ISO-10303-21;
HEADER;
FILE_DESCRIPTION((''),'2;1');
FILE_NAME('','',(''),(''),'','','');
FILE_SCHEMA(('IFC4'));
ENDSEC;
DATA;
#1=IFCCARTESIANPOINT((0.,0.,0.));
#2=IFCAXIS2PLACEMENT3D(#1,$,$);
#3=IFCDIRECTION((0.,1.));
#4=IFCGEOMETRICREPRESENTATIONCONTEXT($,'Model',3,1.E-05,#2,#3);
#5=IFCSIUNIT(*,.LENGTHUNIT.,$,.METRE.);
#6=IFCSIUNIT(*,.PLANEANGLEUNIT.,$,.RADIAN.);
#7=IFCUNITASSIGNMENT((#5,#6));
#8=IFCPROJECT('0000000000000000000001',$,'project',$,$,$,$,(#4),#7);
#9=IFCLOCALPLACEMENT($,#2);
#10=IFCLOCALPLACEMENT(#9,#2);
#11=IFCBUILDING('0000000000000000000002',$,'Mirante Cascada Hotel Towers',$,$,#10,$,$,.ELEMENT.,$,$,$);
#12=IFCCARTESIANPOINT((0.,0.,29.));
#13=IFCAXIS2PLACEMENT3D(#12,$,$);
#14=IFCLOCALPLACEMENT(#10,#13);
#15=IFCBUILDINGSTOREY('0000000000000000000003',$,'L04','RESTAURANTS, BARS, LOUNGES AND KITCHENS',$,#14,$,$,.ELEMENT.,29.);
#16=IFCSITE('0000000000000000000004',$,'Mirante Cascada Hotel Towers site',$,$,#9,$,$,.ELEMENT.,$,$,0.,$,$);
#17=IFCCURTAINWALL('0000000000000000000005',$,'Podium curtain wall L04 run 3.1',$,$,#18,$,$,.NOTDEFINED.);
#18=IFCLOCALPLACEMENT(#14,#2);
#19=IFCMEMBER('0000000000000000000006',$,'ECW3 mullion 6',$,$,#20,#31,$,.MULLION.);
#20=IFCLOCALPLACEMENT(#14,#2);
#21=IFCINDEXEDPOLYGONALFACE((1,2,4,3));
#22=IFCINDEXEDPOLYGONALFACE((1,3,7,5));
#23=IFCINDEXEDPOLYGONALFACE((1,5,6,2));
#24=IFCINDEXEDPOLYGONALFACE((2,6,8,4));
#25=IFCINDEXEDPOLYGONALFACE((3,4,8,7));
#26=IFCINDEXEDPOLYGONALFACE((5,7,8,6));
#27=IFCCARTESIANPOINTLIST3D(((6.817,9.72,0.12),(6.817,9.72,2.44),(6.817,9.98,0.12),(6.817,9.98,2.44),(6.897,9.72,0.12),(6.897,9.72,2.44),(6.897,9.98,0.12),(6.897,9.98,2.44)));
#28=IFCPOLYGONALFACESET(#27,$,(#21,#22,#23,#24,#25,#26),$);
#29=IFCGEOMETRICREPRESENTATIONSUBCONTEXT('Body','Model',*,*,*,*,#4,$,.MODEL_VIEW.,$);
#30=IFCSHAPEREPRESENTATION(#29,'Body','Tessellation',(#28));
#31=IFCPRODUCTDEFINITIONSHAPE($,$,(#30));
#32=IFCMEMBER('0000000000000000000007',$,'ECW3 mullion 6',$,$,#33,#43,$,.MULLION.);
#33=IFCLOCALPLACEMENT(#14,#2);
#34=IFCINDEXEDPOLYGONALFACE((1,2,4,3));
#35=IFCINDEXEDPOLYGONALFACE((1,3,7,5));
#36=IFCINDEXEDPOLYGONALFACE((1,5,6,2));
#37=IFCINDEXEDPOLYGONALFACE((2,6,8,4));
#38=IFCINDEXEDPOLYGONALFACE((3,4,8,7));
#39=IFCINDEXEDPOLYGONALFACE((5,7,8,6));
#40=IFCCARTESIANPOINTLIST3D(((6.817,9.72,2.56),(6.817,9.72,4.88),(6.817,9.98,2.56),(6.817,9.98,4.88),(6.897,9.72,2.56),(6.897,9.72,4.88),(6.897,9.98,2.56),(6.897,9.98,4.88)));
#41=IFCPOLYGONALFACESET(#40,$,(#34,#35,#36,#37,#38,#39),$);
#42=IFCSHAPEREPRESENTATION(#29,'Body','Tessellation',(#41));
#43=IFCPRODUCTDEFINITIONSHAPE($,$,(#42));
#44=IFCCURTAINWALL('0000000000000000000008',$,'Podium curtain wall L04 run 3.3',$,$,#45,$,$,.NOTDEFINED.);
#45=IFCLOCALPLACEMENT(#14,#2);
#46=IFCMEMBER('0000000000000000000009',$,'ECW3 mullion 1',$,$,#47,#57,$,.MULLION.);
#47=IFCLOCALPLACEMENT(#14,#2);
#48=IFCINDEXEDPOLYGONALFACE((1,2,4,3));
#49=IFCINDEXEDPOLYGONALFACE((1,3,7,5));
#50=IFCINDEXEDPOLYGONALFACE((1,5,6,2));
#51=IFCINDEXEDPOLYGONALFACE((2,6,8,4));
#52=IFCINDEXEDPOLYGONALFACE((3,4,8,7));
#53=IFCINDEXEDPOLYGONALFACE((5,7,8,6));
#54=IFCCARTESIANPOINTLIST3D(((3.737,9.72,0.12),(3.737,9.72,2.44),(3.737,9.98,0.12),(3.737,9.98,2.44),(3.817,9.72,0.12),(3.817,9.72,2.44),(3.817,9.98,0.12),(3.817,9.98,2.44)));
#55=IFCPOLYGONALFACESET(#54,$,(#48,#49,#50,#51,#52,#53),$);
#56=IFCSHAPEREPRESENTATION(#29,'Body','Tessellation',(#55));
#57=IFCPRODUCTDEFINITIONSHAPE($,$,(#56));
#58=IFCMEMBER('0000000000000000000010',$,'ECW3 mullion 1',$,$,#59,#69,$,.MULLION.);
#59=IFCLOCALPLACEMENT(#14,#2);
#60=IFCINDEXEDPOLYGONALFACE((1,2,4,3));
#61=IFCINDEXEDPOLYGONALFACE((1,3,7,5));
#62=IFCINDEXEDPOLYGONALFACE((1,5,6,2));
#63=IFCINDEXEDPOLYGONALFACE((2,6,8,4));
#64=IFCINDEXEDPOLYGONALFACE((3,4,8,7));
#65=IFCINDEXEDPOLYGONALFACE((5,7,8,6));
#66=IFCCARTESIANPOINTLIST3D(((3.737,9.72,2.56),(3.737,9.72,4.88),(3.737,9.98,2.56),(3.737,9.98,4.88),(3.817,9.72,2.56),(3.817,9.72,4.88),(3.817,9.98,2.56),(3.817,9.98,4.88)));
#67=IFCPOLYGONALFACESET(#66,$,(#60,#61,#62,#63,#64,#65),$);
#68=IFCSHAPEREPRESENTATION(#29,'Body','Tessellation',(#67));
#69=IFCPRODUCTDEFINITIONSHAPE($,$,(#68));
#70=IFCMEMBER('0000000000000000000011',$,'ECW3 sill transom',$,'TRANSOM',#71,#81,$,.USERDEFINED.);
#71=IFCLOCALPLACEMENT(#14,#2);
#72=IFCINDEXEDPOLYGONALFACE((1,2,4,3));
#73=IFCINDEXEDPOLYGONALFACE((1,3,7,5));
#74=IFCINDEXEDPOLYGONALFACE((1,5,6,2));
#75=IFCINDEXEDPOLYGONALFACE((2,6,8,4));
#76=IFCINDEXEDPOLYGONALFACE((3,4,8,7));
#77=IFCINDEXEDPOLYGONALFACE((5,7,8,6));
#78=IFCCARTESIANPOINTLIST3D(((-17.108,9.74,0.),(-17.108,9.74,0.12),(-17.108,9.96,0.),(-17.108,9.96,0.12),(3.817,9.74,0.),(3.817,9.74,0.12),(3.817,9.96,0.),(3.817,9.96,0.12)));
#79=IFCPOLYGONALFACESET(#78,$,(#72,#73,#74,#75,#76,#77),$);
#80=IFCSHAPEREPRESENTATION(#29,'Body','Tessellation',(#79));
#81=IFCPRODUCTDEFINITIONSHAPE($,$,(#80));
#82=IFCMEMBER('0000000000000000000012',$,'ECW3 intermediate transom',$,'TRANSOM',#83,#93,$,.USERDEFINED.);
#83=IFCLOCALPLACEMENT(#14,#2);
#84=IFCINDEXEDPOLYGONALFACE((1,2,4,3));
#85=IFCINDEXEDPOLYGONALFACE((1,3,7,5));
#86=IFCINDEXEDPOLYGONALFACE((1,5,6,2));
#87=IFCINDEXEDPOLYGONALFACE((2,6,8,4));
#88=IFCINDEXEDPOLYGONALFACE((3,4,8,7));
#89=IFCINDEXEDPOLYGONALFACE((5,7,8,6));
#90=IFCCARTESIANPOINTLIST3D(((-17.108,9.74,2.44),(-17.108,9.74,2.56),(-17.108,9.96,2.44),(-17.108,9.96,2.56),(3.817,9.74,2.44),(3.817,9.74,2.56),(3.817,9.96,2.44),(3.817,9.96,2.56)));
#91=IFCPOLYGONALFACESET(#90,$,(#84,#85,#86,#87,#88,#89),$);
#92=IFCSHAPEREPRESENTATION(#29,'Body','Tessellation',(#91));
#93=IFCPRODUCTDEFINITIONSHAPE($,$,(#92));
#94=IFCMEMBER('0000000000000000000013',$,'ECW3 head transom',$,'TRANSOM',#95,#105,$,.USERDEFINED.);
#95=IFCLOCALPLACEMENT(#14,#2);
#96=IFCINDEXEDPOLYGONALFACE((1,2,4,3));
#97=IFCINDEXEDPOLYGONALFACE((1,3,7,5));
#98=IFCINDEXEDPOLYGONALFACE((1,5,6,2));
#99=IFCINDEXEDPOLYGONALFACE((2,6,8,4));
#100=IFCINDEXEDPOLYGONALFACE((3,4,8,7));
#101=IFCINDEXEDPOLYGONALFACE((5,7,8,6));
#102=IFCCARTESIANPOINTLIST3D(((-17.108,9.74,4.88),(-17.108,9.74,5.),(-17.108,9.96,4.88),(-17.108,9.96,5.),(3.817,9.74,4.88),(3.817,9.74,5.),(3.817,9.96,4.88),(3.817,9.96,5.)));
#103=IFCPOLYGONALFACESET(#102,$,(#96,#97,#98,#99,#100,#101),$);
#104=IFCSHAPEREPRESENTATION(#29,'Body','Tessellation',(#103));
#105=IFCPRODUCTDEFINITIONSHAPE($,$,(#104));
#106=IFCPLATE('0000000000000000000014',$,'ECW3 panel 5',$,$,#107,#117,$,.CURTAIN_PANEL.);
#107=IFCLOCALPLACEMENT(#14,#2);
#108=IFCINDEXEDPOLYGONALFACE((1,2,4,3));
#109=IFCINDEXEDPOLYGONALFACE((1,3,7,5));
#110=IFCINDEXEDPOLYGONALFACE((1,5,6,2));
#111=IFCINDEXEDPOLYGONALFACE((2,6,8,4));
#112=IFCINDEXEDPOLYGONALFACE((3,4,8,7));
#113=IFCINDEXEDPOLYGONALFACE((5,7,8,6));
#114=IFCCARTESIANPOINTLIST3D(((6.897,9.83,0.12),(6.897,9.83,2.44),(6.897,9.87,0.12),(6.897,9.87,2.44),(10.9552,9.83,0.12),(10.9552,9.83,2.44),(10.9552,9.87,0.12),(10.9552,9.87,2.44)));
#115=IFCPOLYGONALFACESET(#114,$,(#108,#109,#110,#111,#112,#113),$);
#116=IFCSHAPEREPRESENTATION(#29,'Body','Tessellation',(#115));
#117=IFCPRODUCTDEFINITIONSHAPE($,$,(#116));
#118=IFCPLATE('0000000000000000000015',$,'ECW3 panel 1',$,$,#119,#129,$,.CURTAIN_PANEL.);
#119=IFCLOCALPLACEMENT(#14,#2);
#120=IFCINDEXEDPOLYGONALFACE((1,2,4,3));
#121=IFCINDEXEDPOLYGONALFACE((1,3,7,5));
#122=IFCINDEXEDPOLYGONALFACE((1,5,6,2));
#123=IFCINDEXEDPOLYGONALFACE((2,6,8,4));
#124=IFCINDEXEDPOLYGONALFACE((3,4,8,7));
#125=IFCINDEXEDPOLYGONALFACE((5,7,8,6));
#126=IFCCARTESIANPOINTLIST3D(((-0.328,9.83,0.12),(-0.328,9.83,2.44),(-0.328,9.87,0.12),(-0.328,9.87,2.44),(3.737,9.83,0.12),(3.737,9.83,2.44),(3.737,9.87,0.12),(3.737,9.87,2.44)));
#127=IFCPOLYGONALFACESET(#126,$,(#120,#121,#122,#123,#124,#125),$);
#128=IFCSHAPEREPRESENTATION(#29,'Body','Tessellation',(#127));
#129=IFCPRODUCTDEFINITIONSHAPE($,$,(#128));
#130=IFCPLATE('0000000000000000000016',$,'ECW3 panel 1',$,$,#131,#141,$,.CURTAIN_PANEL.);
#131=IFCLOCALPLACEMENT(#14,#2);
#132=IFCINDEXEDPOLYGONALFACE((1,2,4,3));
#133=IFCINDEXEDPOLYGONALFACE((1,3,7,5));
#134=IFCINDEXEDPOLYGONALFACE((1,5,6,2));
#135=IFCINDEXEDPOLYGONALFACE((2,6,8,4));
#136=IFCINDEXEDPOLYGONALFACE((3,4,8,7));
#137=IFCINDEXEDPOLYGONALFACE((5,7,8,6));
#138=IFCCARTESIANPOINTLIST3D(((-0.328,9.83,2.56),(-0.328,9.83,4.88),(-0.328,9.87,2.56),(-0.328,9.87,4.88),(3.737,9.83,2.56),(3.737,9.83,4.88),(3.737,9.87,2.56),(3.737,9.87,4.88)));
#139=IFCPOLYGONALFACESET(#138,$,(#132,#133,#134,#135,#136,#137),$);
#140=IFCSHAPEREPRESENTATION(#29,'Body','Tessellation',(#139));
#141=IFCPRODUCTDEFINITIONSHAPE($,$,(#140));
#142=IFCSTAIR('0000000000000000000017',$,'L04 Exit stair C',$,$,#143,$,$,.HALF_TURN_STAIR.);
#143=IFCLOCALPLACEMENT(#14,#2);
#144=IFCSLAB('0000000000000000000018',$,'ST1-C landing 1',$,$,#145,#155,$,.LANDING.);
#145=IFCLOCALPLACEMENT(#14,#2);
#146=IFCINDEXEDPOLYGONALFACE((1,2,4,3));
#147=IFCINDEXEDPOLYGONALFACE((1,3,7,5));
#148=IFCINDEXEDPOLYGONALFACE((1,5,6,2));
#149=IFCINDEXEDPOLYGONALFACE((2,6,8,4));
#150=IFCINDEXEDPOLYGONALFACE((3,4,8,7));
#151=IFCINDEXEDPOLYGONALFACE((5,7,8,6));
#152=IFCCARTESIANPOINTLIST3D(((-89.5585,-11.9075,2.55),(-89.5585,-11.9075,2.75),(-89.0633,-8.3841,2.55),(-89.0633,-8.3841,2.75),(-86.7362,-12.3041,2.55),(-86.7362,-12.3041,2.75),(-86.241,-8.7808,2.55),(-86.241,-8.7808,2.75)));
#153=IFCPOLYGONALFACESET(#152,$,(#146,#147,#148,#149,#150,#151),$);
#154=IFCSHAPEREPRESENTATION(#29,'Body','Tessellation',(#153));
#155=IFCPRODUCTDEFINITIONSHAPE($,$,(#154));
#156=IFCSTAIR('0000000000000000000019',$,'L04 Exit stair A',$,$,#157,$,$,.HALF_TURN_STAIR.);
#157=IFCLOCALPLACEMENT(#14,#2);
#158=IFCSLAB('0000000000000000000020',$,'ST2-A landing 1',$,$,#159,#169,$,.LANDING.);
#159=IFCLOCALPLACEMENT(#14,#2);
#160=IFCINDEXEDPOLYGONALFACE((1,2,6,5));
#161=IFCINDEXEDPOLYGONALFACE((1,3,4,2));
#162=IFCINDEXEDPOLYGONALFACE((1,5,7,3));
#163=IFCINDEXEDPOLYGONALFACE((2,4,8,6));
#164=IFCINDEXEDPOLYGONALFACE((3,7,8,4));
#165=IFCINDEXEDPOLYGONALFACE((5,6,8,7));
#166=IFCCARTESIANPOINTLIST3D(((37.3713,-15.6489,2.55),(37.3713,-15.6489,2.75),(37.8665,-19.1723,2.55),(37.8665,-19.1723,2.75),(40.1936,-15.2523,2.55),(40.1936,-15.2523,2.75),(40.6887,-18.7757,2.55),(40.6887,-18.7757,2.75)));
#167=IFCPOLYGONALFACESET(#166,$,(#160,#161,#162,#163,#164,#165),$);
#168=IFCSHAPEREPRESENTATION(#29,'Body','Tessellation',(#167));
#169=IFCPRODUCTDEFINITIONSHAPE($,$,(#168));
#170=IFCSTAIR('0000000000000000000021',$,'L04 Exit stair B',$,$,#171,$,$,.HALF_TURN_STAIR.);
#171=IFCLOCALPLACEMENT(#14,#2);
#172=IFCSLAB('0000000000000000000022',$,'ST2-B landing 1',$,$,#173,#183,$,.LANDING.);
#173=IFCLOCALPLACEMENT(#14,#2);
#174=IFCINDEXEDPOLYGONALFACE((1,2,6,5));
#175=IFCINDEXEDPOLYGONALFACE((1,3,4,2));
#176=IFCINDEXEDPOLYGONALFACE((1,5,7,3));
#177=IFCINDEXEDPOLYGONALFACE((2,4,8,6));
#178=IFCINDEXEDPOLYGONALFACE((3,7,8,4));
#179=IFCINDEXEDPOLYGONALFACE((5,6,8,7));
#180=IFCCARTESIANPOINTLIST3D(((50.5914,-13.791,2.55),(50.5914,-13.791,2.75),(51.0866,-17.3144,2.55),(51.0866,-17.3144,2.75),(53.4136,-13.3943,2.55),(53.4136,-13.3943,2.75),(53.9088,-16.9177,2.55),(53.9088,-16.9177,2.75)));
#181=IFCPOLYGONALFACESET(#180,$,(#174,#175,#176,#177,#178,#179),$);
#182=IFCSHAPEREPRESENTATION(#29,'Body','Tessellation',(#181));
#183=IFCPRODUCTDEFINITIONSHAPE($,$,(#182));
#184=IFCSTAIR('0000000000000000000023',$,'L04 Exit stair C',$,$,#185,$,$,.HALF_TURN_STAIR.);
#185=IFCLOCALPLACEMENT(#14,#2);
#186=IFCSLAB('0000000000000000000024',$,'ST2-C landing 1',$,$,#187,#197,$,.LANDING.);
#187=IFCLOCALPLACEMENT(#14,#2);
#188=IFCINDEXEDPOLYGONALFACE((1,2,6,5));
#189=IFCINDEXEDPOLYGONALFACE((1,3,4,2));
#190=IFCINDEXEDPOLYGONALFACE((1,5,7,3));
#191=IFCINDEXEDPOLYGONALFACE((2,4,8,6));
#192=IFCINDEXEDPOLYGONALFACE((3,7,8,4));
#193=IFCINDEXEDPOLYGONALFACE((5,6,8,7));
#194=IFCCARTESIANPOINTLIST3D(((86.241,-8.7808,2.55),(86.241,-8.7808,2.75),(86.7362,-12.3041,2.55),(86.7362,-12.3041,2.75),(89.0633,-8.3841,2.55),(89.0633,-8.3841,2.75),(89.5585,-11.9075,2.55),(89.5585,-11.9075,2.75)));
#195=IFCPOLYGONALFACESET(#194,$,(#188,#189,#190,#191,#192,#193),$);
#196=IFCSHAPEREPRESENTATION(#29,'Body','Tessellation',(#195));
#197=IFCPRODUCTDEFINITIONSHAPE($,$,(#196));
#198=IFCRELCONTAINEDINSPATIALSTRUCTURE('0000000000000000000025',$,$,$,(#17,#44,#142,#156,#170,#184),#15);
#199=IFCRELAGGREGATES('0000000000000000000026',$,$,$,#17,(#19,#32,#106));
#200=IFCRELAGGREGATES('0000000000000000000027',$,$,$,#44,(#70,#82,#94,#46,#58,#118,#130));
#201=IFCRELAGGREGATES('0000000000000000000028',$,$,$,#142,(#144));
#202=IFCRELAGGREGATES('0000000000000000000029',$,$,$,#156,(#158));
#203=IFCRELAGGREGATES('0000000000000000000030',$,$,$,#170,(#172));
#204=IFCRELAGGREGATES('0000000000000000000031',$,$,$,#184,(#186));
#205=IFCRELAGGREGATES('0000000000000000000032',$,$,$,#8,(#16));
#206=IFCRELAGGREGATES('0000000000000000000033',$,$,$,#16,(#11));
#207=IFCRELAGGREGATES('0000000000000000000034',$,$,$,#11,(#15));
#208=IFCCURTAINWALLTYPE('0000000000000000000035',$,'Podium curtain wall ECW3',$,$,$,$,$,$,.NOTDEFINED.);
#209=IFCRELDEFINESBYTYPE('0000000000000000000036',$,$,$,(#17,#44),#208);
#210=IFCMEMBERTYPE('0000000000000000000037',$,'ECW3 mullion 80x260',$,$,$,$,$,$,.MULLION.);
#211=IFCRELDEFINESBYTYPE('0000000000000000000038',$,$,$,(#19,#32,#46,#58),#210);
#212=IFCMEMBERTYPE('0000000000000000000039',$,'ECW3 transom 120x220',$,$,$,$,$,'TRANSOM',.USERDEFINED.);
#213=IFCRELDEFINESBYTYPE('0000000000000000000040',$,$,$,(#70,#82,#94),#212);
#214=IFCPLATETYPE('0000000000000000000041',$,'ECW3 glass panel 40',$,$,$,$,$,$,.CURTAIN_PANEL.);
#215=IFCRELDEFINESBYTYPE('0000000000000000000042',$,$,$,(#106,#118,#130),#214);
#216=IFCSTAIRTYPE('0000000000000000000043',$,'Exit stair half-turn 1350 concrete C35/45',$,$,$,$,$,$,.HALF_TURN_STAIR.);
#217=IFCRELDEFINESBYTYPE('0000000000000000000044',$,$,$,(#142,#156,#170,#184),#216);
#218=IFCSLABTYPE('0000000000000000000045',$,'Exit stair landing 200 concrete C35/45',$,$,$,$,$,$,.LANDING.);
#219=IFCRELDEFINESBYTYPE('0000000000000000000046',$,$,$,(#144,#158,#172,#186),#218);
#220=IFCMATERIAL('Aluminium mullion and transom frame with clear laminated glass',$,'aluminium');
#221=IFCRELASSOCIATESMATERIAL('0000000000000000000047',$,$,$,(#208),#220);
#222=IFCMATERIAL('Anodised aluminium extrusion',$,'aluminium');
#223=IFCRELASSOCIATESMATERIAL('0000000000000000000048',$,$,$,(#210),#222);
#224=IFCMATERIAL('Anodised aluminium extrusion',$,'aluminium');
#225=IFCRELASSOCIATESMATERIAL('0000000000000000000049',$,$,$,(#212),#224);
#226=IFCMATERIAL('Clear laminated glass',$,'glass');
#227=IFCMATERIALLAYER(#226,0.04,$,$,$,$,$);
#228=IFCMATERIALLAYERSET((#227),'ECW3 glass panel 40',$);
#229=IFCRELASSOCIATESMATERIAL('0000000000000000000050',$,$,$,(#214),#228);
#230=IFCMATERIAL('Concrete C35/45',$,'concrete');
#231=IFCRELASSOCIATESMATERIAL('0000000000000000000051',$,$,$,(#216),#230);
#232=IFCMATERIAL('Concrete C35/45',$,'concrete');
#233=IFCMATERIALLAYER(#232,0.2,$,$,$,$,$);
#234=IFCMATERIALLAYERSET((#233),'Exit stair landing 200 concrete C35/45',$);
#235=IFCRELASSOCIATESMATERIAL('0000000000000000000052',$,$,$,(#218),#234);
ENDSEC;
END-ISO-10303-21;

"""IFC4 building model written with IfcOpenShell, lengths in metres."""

from ifc_helpers import new_model, si_unit, direction, frame, origin, origin_2d, place, context, subcontext, project, spatial, polyline, rectangle, outline, extrude, material, layer, layer_set, material_profile, profile_set, type_object, element, aggregate, save


model = new_model("IFC4")

# Units and contexts
model_context = context("Model", 3, precision=1e-05, world=origin(), true_north=direction((0.0, 1.0)))
body_context = subcontext(model_context, "Body", "Model", "MODEL_VIEW")
ifc_project = project(units=[si_unit("LENGTHUNIT", "METRE"), si_unit("PLANEANGLEUNIT", "RADIAN")], contexts=[model_context])

# Site, building, storey
site_placement = place(None, origin())
site = spatial("IfcSite", under=ifc_project, at=site_placement, Name="Mirante Cascada Hotel Towers site", CompositionType="ELEMENT", RefElevation=0.0)
building_placement = place(site_placement, origin())
building = spatial("IfcBuilding", under=site, at=building_placement, Name="Mirante Cascada Hotel Towers", CompositionType="ELEMENT")
storey_placement = place(building_placement, frame((0.0, 0.0, 29.0)))
storey = spatial("IfcBuildingStorey", under=building, at=storey_placement, Name="L04", Description="RESTAURANTS, BARS, LOUNGES AND KITCHENS", CompositionType="ELEMENT", Elevation=29.0)

# Curtain walls, members
ifc_material_1 = material(Name="Aluminium mullion and transom frame with clear laminated glass", Category="aluminium")
curtain_wall_type = type_object("IfcCurtainWallType", Name="Podium curtain wall ECW3", PredefinedType="NOTDEFINED", material=ifc_material_1)
curtain_wall_1_placement = place(storey_placement, origin())
curtain_wall_1 = element("IfcCurtainWall", 1, at=curtain_wall_1_placement, inside=storey, type_object=curtain_wall_type, Name="Podium curtain wall L04 run 3.1", PredefinedType="NOTDEFINED")
ifc_material_2 = material(Name="Anodised aluminium extrusion", Category="aluminium")
ifc_material_profile_1 = material_profile(ifc_material_2, rectangle(XDim=0.26, YDim=0.08, at=origin_2d()), Name="ECW3 MULLION 80x260")
ifc_profile_set_1 = profile_set([ifc_material_profile_1], Name="Anodised aluminium extrusion")
member_type_1 = type_object("IfcMemberType", Name="ECW3 mullion 80x260", PredefinedType="MULLION", material=ifc_profile_set_1)
member_1_placement = place(storey_placement, frame((6.857, 9.85, 0.12), z_axis=(0.0, 0.0, 1.0), x_axis=(0.0, -1.0, 0.0)))
member_1 = element("IfcMember", 2, at=member_1_placement, type_object=member_type_1, Name="ECW3 mullion 6", PredefinedType="MULLION", context=body_context, shape_type="SweptSolid", body=[
    extrude(rectangle(XDim=0.26, YDim=0.08, at=origin_2d()), origin(), (0.0, 0.0, 1.0), 2.32),
])
member_2_placement = place(storey_placement, frame((6.857, 9.85, 2.56), z_axis=(0.0, 0.0, 1.0), x_axis=(0.0, -1.0, 0.0)))
member_2 = element("IfcMember", 3, at=member_2_placement, type_object=member_type_1, Name="ECW3 mullion 6", PredefinedType="MULLION", context=body_context, shape_type="SweptSolid", body=[
    extrude(rectangle(XDim=0.26, YDim=0.08, at=origin_2d()), origin(), (0.0, 0.0, 1.0), 2.32),
])
curtain_wall_2_placement = place(storey_placement, origin())
curtain_wall_2 = element("IfcCurtainWall", 4, at=curtain_wall_2_placement, inside=storey, type_object=curtain_wall_type, Name="Podium curtain wall L04 run 3.3", PredefinedType="NOTDEFINED")
member_3_placement = place(storey_placement, frame((3.777, 9.85, 0.12), z_axis=(0.0, 0.0, 1.0), x_axis=(0.0, -1.0, 0.0)))
member_3 = element("IfcMember", 5, at=member_3_placement, type_object=member_type_1, Name="ECW3 mullion 1", PredefinedType="MULLION", context=body_context, shape_type="SweptSolid", body=[
    extrude(rectangle(XDim=0.26, YDim=0.08, at=origin_2d()), origin(), (0.0, 0.0, 1.0), 2.32),
])
member_4_placement = place(storey_placement, frame((3.777, 9.85, 2.56), z_axis=(0.0, 0.0, 1.0), x_axis=(0.0, -1.0, 0.0)))
member_4 = element("IfcMember", 6, at=member_4_placement, type_object=member_type_1, Name="ECW3 mullion 1", PredefinedType="MULLION", context=body_context, shape_type="SweptSolid", body=[
    extrude(rectangle(XDim=0.26, YDim=0.08, at=origin_2d()), origin(), (0.0, 0.0, 1.0), 2.32),
])
ifc_material_3 = material(Name="Anodised aluminium extrusion", Category="aluminium")
ifc_material_profile_2 = material_profile(ifc_material_3, rectangle(XDim=0.22, YDim=0.12, at=origin_2d()), Name="ECW3 TRANSOM 120x220")
ifc_profile_set_2 = profile_set([ifc_material_profile_2], Name="Anodised aluminium extrusion")
member_type_2 = type_object("IfcMemberType", Name="ECW3 transom 120x220", ElementType="TRANSOM", PredefinedType="USERDEFINED", material=ifc_profile_set_2)
member_5_placement = place(storey_placement, frame((3.817, 9.85, 0.06), z_axis=(-1.0, 0.0, 0.0), x_axis=(0.0, -1.0, 0.0)))
member_5 = element("IfcMember", 7, at=member_5_placement, type_object=member_type_2, Name="ECW3 sill transom", ObjectType="TRANSOM", PredefinedType="USERDEFINED", context=body_context, shape_type="SweptSolid", body=[
    extrude(rectangle(XDim=0.22, YDim=0.12, at=origin_2d()), origin(), (0.0, 0.0, 1.0), 20.925),
])
member_6_placement = place(storey_placement, frame((3.817, 9.85, 2.5), z_axis=(-1.0, 0.0, 0.0), x_axis=(0.0, -1.0, 0.0)))
member_6 = element("IfcMember", 8, at=member_6_placement, type_object=member_type_2, Name="ECW3 intermediate transom", ObjectType="TRANSOM", PredefinedType="USERDEFINED", context=body_context, shape_type="SweptSolid", body=[
    extrude(rectangle(XDim=0.22, YDim=0.12, at=origin_2d()), origin(), (0.0, 0.0, 1.0), 20.925),
])
member_7_placement = place(storey_placement, frame((3.817, 9.85, 4.94), z_axis=(-1.0, 0.0, 0.0), x_axis=(0.0, -1.0, 0.0)))
member_7 = element("IfcMember", 9, at=member_7_placement, type_object=member_type_2, Name="ECW3 head transom", ObjectType="TRANSOM", PredefinedType="USERDEFINED", context=body_context, shape_type="SweptSolid", body=[
    extrude(rectangle(XDim=0.22, YDim=0.12, at=origin_2d()), origin(), (0.0, 0.0, 1.0), 20.925),
])

# Plates
ifc_material_4 = material(Name="Clear laminated glass", Category="glass")
ifc_layer_1 = layer(ifc_material_4, 0.04)
ifc_layer_set_1 = layer_set([ifc_layer_1], Name="ECW3 glass panel 40")
plate_type = type_object("IfcPlateType", Name="ECW3 glass panel 40", PredefinedType="CURTAIN_PANEL", material=ifc_layer_set_1)
plate_1_placement = place(storey_placement, frame((8.9261, 9.85, 0.12), z_axis=(0.0, 0.0, 1.0), x_axis=(-1.0, 0.0, 0.0)))
plate_1 = element("IfcPlate", 10, at=plate_1_placement, type_object=plate_type, Name="ECW3 panel 5", PredefinedType="CURTAIN_PANEL", context=body_context, shape_type="SweptSolid", body=[
    extrude(rectangle(XDim=4.0581, YDim=0.04, at=origin_2d()), origin(), (0.0, 0.0, 1.0), 2.32),
])
aggregate(curtain_wall_1, [member_1, member_2, plate_1])
plate_2_placement = place(storey_placement, frame((1.7045, 9.85, 0.12), z_axis=(0.0, 0.0, 1.0), x_axis=(-1.0, 0.0, 0.0)))
plate_2 = element("IfcPlate", 11, at=plate_2_placement, type_object=plate_type, Name="ECW3 panel 1", PredefinedType="CURTAIN_PANEL", context=body_context, shape_type="SweptSolid", body=[
    extrude(rectangle(XDim=4.065, YDim=0.04, at=origin_2d()), origin(), (0.0, 0.0, 1.0), 2.32),
])
plate_3_placement = place(storey_placement, frame((1.7045, 9.85, 2.56), z_axis=(0.0, 0.0, 1.0), x_axis=(-1.0, 0.0, 0.0)))
plate_3 = element("IfcPlate", 12, at=plate_3_placement, type_object=plate_type, Name="ECW3 panel 1", PredefinedType="CURTAIN_PANEL", context=body_context, shape_type="SweptSolid", body=[
    extrude(rectangle(XDim=4.065, YDim=0.04, at=origin_2d()), origin(), (0.0, 0.0, 1.0), 2.32),
])
aggregate(curtain_wall_2, [member_5, member_6, member_7, member_3, member_4, plate_2, plate_3])

# Stairs, slabs
ifc_material_5 = material(Name="Concrete C35/45", Category="concrete")
stair_type_1 = type_object("IfcStairType", Name="Exit stair half-turn 1350 concrete C35/45", PredefinedType="HALF_TURN_STAIR", material=ifc_material_5)
stair_1_placement = place(storey_placement, origin())
stair_1 = element("IfcStair", 13, at=stair_1_placement, inside=storey, type_object=stair_type_1, Name="L04 Exit stair C", PredefinedType="HALF_TURN_STAIR")
ifc_material_6 = material(Name="Concrete C35/45", Category="concrete")
ifc_layer_2 = layer(ifc_material_6, 0.2)
ifc_layer_set_2 = layer_set([ifc_layer_2], Name="Exit stair landing 200 concrete C35/45")
slab_type_1 = type_object("IfcSlabType", Name="Exit stair landing 200 concrete C35/45", PredefinedType="LANDING", material=ifc_layer_set_2)
slab_1_placement = place(storey_placement, frame((0.0, 0.0, 2.55)))
slab_1 = element("IfcSlab", 14, at=slab_1_placement, type_object=slab_type_1, Name="ST1-C landing 1", PredefinedType="LANDING", context=body_context, shape_type="SweptSolid", body=[
    extrude(outline(polyline([(-89.0633, -8.3841), (-89.5585, -11.9075), (-86.7362, -12.3041), (-86.241, -8.7808), (-89.0633, -8.3841)])), origin(), (0.0, 0.0, 1.0), 0.2),
])
aggregate(stair_1, [slab_1])
stair_2_placement = place(storey_placement, origin())
stair_2 = element("IfcStair", 15, at=stair_2_placement, inside=storey, type_object=stair_type_1, Name="L04 Exit stair A", PredefinedType="HALF_TURN_STAIR")
slab_2_placement = place(storey_placement, frame((0.0, 0.0, 2.55)))
slab_2 = element("IfcSlab", 16, at=slab_2_placement, type_object=slab_type_1, Name="ST2-A landing 1", PredefinedType="LANDING", context=body_context, shape_type="SweptSolid", body=[
    extrude(outline(polyline([(37.3713, -15.6489), (37.8665, -19.1723), (40.6887, -18.7757), (40.1936, -15.2523), (37.3713, -15.6489)])), origin(), (0.0, 0.0, 1.0), 0.2),
])
aggregate(stair_2, [slab_2])
stair_3_placement = place(storey_placement, origin())
stair_3 = element("IfcStair", 17, at=stair_3_placement, inside=storey, type_object=stair_type_1, Name="L04 Exit stair B", PredefinedType="HALF_TURN_STAIR")
slab_3_placement = place(storey_placement, frame((0.0, 0.0, 2.55)))
slab_3 = element("IfcSlab", 18, at=slab_3_placement, type_object=slab_type_1, Name="ST2-B landing 1", PredefinedType="LANDING", context=body_context, shape_type="SweptSolid", body=[
    extrude(outline(polyline([(50.5914, -13.791), (51.0866, -17.3144), (53.9088, -16.9177), (53.4136, -13.3943), (50.5914, -13.791)])), origin(), (0.0, 0.0, 1.0), 0.2),
])
aggregate(stair_3, [slab_3])
stair_4_placement = place(storey_placement, origin())
stair_4 = element("IfcStair", 19, at=stair_4_placement, inside=storey, type_object=stair_type_1, Name="L04 Exit stair C", PredefinedType="HALF_TURN_STAIR")
slab_4_placement = place(storey_placement, frame((0.0, 0.0, 2.55)))
slab_4 = element("IfcSlab", 20, at=slab_4_placement, type_object=slab_type_1, Name="ST2-C landing 1", PredefinedType="LANDING", context=body_context, shape_type="SweptSolid", body=[
    extrude(outline(polyline([(86.241, -8.7808), (86.7362, -12.3041), (89.5585, -11.9075), (89.0633, -8.3841), (86.241, -8.7808)])), origin(), (0.0, 0.0, 1.0), 0.2),
])
aggregate(stair_4, [slab_4])

save(model, "model.ifc")
